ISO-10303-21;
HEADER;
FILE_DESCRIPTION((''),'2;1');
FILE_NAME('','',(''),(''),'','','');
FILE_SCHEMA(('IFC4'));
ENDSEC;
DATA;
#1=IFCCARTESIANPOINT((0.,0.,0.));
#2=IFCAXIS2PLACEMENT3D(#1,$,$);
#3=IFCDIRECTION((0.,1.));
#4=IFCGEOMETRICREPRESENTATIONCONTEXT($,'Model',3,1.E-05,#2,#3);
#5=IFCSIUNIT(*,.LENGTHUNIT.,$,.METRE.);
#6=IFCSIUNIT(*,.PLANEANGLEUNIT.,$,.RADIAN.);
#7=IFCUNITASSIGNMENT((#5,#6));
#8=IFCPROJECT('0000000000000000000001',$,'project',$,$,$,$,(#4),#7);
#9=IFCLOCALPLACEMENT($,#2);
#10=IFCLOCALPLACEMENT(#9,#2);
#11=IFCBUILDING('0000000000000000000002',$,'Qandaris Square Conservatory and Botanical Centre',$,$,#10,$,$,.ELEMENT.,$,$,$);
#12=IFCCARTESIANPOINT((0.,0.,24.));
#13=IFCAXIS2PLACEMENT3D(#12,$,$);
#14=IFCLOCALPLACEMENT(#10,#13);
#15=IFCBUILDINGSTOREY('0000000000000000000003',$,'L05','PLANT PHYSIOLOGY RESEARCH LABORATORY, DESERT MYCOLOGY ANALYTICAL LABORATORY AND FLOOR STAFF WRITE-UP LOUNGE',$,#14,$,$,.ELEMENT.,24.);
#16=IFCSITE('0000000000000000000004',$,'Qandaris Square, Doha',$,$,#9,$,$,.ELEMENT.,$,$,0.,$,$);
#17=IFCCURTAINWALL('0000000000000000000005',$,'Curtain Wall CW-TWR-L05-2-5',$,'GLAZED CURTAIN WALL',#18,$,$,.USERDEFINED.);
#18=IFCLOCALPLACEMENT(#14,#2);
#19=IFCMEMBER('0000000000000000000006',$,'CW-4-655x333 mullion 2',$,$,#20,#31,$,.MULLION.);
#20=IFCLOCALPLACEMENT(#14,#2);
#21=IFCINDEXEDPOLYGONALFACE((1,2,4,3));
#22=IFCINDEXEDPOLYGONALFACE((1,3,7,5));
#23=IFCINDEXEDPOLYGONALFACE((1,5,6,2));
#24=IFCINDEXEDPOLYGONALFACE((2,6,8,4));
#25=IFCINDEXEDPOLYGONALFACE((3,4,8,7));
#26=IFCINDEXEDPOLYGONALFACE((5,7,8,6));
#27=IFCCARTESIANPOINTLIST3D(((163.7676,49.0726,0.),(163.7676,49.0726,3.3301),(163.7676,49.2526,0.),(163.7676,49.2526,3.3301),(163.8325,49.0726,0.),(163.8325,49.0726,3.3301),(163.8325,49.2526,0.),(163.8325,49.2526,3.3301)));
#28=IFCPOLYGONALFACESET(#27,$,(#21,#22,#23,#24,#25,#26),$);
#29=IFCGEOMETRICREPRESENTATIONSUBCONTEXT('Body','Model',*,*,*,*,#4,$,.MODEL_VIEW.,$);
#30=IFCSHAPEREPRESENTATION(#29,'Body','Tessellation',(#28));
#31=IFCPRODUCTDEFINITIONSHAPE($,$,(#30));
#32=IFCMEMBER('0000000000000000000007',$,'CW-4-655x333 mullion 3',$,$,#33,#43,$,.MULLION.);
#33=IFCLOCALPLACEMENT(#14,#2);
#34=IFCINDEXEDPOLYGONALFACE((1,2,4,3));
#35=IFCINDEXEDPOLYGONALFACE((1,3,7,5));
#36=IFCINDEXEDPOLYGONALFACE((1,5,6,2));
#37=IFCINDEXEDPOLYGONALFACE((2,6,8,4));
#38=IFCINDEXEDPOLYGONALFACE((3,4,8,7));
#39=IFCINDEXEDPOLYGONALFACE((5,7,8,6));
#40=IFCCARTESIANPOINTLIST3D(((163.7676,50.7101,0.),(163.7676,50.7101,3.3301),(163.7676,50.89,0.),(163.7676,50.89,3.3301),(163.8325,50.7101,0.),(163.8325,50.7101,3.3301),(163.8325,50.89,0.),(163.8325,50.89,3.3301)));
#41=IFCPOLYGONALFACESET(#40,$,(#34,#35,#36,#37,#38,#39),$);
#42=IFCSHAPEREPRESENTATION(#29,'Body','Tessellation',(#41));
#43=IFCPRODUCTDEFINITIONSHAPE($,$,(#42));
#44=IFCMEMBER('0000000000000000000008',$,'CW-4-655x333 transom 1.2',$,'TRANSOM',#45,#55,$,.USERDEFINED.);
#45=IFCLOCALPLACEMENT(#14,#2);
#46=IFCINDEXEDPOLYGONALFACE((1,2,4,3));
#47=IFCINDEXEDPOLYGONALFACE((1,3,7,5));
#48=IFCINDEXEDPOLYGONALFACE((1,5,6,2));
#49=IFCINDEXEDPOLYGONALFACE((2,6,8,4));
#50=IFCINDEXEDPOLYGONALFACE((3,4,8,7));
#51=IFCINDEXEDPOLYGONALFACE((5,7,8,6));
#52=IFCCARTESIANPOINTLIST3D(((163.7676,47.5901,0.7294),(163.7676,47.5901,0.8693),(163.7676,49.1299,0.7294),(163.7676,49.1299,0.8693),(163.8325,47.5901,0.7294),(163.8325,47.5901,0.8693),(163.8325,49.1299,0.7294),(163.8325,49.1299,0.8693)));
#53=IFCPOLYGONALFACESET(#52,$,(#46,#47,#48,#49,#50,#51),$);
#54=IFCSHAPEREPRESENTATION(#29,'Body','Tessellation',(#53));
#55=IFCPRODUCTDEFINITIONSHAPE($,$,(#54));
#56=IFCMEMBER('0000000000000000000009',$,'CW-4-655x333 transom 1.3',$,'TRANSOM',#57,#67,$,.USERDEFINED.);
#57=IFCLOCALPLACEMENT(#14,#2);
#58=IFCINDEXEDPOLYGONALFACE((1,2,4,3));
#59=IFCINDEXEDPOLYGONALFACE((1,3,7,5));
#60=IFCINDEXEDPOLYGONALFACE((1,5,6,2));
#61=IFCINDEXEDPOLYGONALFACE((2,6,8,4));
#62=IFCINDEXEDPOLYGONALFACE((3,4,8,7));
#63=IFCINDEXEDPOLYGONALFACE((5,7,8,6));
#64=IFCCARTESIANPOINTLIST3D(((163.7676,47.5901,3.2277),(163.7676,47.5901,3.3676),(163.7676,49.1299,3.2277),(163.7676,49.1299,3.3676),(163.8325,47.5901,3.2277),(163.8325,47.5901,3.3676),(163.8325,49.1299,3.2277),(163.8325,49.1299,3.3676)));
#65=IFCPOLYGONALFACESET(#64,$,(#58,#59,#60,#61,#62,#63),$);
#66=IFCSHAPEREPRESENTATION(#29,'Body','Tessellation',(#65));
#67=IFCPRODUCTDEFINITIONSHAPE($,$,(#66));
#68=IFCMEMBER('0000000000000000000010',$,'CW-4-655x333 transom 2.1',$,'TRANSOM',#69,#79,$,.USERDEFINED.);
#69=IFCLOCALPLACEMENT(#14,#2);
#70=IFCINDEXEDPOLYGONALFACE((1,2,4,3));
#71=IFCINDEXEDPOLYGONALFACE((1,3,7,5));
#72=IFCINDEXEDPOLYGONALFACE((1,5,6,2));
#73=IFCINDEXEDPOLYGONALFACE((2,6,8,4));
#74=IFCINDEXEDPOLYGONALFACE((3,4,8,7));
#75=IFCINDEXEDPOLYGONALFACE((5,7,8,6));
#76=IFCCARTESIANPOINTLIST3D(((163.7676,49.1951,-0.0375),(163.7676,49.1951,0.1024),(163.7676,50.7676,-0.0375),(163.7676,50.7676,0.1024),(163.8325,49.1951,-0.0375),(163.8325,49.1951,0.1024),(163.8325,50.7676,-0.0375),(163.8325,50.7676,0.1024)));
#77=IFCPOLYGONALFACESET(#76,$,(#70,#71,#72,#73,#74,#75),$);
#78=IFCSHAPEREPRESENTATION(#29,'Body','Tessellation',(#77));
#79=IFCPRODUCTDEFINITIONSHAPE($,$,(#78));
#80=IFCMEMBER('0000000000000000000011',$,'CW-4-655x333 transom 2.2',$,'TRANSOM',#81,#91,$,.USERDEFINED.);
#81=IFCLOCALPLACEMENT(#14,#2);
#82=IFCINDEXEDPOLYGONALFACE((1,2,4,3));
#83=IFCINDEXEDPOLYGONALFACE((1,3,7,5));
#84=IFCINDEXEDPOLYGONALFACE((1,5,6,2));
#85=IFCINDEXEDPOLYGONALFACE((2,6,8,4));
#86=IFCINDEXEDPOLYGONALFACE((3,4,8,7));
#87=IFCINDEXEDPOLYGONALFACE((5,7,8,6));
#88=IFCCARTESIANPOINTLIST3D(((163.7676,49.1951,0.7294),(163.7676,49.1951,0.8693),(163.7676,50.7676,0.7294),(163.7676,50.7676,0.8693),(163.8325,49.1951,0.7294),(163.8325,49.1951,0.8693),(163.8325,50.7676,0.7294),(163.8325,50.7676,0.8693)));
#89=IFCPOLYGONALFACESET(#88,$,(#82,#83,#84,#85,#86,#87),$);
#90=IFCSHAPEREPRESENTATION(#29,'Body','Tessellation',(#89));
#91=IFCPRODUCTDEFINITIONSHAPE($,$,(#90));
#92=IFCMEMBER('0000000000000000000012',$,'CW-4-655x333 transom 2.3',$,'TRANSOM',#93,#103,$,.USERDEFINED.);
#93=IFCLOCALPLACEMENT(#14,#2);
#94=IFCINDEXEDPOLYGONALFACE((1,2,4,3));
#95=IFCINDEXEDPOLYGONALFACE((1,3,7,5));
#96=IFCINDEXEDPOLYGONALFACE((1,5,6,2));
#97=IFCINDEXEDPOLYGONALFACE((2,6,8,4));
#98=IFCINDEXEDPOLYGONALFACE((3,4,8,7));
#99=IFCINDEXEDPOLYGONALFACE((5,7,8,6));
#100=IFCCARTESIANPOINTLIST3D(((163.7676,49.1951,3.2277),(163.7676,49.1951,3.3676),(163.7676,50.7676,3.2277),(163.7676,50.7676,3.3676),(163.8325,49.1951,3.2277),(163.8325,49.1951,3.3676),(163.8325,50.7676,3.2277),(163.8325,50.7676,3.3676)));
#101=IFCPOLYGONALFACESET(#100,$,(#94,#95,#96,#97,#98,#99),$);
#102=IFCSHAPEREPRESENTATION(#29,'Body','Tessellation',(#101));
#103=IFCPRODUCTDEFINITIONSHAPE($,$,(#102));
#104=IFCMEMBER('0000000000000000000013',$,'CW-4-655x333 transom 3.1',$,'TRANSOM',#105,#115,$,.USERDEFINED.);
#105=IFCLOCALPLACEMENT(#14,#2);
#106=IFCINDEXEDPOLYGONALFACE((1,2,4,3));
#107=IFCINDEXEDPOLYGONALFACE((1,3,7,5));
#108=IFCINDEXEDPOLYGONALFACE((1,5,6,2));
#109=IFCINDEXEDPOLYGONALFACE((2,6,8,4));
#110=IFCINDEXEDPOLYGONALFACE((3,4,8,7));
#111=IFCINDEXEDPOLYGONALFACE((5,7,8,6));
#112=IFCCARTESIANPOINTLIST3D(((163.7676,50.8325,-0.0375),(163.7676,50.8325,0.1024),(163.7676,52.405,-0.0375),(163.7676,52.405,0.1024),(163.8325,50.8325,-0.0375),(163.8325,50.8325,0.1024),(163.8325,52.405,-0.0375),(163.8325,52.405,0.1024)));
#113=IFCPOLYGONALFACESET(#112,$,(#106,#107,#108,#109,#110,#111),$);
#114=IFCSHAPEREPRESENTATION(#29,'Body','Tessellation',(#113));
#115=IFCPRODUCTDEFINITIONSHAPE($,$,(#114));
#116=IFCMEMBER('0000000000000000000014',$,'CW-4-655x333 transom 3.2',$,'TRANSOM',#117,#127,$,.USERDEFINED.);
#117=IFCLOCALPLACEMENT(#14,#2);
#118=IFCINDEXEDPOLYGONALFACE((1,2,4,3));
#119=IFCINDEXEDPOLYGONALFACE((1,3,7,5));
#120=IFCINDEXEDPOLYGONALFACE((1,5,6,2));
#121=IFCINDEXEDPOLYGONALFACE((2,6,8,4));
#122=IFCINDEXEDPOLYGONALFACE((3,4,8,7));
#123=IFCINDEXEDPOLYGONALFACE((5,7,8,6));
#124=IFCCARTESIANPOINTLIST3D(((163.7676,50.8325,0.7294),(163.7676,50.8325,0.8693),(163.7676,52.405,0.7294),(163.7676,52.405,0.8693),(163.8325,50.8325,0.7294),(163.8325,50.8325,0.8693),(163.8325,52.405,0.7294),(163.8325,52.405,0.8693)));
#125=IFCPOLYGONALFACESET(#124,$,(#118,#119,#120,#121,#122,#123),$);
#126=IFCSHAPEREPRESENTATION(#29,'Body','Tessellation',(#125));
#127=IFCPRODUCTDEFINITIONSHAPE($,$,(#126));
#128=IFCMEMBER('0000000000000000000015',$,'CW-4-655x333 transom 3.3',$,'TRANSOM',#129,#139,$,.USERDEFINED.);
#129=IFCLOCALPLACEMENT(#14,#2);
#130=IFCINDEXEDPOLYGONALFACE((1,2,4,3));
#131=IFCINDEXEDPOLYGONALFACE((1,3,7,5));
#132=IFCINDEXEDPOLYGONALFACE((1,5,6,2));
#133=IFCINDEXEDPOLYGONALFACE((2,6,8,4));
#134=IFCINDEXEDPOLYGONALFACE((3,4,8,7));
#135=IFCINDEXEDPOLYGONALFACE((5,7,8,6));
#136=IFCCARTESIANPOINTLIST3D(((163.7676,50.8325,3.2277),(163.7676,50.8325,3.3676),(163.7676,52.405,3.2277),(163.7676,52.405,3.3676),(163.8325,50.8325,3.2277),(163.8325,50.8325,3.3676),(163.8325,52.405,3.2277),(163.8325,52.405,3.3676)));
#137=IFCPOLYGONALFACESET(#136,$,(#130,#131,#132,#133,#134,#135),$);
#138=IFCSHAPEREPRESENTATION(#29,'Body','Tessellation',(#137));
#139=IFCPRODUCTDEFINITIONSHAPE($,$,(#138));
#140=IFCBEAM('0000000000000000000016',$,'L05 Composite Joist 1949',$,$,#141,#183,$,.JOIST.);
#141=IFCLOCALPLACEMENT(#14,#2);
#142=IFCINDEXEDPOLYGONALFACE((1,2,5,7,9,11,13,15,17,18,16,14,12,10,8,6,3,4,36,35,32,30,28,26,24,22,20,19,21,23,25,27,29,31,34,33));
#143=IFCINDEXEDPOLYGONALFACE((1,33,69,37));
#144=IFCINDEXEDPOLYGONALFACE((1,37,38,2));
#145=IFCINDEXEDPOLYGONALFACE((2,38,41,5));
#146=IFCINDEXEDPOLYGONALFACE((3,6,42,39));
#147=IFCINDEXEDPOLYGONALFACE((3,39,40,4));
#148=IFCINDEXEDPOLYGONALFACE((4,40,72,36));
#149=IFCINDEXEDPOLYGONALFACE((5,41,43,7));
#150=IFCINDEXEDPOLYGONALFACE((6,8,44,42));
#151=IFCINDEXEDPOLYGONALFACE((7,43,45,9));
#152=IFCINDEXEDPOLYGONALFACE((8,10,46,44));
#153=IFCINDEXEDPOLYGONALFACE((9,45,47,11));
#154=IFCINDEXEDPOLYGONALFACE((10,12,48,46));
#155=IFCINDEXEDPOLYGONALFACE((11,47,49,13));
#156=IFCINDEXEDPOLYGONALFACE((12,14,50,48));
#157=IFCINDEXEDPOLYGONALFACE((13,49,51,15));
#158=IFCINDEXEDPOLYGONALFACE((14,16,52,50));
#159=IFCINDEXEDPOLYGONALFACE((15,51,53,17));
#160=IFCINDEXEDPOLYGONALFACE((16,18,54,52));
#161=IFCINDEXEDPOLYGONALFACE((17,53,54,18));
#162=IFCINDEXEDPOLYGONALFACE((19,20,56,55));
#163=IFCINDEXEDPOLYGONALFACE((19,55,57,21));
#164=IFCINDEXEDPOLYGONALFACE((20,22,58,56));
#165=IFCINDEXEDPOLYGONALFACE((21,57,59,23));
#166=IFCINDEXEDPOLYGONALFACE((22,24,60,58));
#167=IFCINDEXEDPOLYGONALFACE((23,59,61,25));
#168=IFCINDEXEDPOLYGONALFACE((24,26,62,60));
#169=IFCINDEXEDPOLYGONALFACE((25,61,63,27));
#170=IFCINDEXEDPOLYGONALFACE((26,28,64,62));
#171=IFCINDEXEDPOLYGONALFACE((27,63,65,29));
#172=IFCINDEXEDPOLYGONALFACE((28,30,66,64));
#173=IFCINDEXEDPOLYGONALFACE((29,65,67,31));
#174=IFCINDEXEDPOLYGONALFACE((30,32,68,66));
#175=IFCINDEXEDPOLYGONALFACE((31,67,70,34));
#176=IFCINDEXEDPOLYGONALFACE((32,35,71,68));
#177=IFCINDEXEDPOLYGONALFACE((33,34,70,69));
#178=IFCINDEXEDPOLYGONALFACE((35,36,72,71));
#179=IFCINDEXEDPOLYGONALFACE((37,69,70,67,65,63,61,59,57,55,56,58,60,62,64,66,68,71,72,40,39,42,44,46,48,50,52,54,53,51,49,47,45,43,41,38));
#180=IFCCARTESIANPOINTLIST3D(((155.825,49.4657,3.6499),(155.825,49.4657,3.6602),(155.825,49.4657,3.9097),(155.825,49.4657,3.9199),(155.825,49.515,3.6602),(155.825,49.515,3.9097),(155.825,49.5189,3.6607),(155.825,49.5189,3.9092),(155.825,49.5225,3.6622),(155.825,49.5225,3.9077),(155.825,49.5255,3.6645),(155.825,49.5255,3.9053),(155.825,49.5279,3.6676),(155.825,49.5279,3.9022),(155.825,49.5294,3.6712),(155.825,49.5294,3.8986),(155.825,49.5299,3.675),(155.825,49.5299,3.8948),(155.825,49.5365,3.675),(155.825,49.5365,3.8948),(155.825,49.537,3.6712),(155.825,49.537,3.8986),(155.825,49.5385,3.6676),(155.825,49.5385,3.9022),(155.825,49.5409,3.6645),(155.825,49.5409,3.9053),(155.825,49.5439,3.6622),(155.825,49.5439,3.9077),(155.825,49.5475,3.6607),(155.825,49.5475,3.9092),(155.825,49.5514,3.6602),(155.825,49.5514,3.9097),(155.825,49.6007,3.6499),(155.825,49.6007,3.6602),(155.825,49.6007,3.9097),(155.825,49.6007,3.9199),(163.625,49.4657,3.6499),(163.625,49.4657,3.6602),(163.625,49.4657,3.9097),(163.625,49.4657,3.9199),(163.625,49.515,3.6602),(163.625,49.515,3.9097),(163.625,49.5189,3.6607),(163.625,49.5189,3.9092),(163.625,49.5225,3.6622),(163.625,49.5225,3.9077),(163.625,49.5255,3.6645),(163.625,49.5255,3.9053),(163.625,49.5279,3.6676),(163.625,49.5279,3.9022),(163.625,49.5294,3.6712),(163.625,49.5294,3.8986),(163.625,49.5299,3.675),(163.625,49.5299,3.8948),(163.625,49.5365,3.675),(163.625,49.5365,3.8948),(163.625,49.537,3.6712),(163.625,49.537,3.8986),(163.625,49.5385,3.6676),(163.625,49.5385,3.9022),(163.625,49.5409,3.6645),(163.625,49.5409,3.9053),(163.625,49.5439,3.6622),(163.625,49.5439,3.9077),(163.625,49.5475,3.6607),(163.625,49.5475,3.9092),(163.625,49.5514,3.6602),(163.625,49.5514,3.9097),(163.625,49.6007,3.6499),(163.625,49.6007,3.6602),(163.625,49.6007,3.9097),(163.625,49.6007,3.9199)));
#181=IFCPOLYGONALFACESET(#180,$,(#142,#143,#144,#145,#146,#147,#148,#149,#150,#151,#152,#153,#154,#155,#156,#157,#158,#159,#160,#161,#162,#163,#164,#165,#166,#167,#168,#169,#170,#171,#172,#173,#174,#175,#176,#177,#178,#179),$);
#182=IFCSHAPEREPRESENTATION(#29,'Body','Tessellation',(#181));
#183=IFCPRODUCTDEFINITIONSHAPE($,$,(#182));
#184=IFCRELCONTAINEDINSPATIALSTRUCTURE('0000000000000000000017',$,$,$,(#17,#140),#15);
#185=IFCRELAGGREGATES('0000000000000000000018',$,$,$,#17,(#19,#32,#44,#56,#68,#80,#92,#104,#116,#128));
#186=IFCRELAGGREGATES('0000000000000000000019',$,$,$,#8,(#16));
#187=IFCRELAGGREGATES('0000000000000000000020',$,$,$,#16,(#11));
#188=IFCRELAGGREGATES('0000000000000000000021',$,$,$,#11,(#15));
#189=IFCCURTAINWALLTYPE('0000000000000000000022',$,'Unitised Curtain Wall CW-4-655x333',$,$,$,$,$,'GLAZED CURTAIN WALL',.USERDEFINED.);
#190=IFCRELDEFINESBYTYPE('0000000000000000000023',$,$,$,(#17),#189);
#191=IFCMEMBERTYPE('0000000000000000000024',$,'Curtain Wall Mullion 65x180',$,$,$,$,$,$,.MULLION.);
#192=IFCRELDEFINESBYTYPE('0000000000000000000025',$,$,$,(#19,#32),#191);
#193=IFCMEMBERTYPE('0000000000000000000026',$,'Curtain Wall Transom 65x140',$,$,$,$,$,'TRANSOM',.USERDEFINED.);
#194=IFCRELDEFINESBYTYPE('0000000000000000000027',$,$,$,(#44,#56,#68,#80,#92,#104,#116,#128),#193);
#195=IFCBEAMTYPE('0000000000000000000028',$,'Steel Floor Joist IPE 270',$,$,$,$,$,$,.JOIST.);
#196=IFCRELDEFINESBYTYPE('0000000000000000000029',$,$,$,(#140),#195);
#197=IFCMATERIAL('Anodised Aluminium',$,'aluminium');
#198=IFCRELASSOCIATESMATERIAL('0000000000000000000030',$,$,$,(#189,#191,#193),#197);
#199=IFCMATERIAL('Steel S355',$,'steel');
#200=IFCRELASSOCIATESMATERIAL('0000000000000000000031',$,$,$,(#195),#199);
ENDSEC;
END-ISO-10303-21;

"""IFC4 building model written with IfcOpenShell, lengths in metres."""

from ifc_helpers import new_model, si_unit, direction, frame, origin, origin_2d, place, context, subcontext, project, spatial, rectangle, i_section, extrude, material, material_profile, profile_set, type_object, element, aggregate, save


model = new_model("IFC4")

# Units and contexts
model_context = context("Model", 3, precision=1e-05, world=origin(), true_north=direction((0.0, 1.0)))
body_context = subcontext(model_context, "Body", "Model", "MODEL_VIEW")
ifc_project = project(units=[si_unit("LENGTHUNIT", "METRE"), si_unit("PLANEANGLEUNIT", "RADIAN")], contexts=[model_context])

# Site, building, storey
site_placement = place(None, origin())
site = spatial("IfcSite", under=ifc_project, at=site_placement, Name="Qandaris Square, Doha", CompositionType="ELEMENT", RefElevation=0.0)
building_placement = place(site_placement, origin())
building = spatial("IfcBuilding", under=site, at=building_placement, Name="Qandaris Square Conservatory and Botanical Centre", CompositionType="ELEMENT")
storey_placement = place(building_placement, frame((0.0, 0.0, 24.0)))
storey = spatial("IfcBuildingStorey", under=building, at=storey_placement, Name="L05", Description="PLANT PHYSIOLOGY RESEARCH LABORATORY, DESERT MYCOLOGY ANALYTICAL LABORATORY AND FLOOR STAFF WRITE-UP LOUNGE", CompositionType="ELEMENT", Elevation=24.0)

# Curtain wall, members
ifc_material_1 = material(Name="Anodised Aluminium", Category="aluminium")
curtain_wall_type = type_object("IfcCurtainWallType", Name="Unitised Curtain Wall CW-4-655x333", ElementType="GLAZED CURTAIN WALL", PredefinedType="USERDEFINED", material=ifc_material_1)
curtain_wall_placement = place(storey_placement, origin())
curtain_wall = element("IfcCurtainWall", 1, at=curtain_wall_placement, inside=storey, type_object=curtain_wall_type, Name="Curtain Wall CW-TWR-L05-2-5", ObjectType="GLAZED CURTAIN WALL", PredefinedType="USERDEFINED")
ifc_material_profile_1 = material_profile(ifc_material_1, rectangle(XDim=0.0649, YDim=0.1799, at=origin_2d()), Name="ALU-MUL 65x180")
ifc_profile_set_1 = profile_set([ifc_material_profile_1], Name="Anodised Aluminium")
member_type_1 = type_object("IfcMemberType", Name="Curtain Wall Mullion 65x180", PredefinedType="MULLION", material=ifc_profile_set_1)
member_1_placement = place(storey_placement, frame((163.8, 49.1626, 0.0), z_axis=(0.0, 0.0, 1.0), x_axis=(-1.0, 0.0, 0.0)))
member_1 = element("IfcMember", 2, at=member_1_placement, type_object=member_type_1, Name="CW-4-655x333 mullion 2", PredefinedType="MULLION", context=body_context, shape_type="SweptSolid", body=[
    extrude(rectangle(XDim=0.0649, YDim=0.1799, at=origin_2d()), origin(), (0.0, 0.0, 1.0), 3.3301),
])
member_2_placement = place(storey_placement, frame((163.8, 50.8, 0.0), z_axis=(0.0, 0.0, 1.0), x_axis=(-1.0, 0.0, 0.0)))
member_2 = element("IfcMember", 3, at=member_2_placement, type_object=member_type_1, Name="CW-4-655x333 mullion 3", PredefinedType="MULLION", context=body_context, shape_type="SweptSolid", body=[
    extrude(rectangle(XDim=0.0649, YDim=0.1799, at=origin_2d()), origin(), (0.0, 0.0, 1.0), 3.3301),
])
ifc_material_profile_2 = material_profile(ifc_material_1, rectangle(XDim=0.0649, YDim=0.1399, at=origin_2d()), Name="ALU-TRN 65x140")
ifc_profile_set_2 = profile_set([ifc_material_profile_2], Name="Anodised Aluminium")
member_type_2 = type_object("IfcMemberType", Name="Curtain Wall Transom 65x140", ElementType="TRANSOM", PredefinedType="USERDEFINED", material=ifc_profile_set_2)
member_3_placement = place(storey_placement, frame((163.8, 47.5901, 0.7993), z_axis=(0.0, 1.0, 0.0), x_axis=(-1.0, 0.0, 0.0)))
member_3 = element("IfcMember", 4, at=member_3_placement, type_object=member_type_2, Name="CW-4-655x333 transom 1.2", ObjectType="TRANSOM", PredefinedType="USERDEFINED", context=body_context, shape_type="SweptSolid", body=[
    extrude(rectangle(XDim=0.0649, YDim=0.1399, at=origin_2d()), origin(), (0.0, 0.0, 1.0), 1.5398),
])
member_4_placement = place(storey_placement, frame((163.8, 47.5901, 3.2976), z_axis=(0.0, 1.0, 0.0), x_axis=(-1.0, 0.0, 0.0)))
member_4 = element("IfcMember", 5, at=member_4_placement, type_object=member_type_2, Name="CW-4-655x333 transom 1.3", ObjectType="TRANSOM", PredefinedType="USERDEFINED", context=body_context, shape_type="SweptSolid", body=[
    extrude(rectangle(XDim=0.0649, YDim=0.1399, at=origin_2d()), origin(), (0.0, 0.0, 1.0), 1.5398),
])
member_5_placement = place(storey_placement, frame((163.8, 49.1951, 0.0325), z_axis=(0.0, 1.0, 0.0), x_axis=(-1.0, 0.0, 0.0)))
member_5 = element("IfcMember", 6, at=member_5_placement, type_object=member_type_2, Name="CW-4-655x333 transom 2.1", ObjectType="TRANSOM", PredefinedType="USERDEFINED", context=body_context, shape_type="SweptSolid", body=[
    extrude(rectangle(XDim=0.0649, YDim=0.1399, at=origin_2d()), origin(), (0.0, 0.0, 1.0), 1.5725),
])
member_6_placement = place(storey_placement, frame((163.8, 49.1951, 0.7993), z_axis=(0.0, 1.0, 0.0), x_axis=(-1.0, 0.0, 0.0)))
member_6 = element("IfcMember", 7, at=member_6_placement, type_object=member_type_2, Name="CW-4-655x333 transom 2.2", ObjectType="TRANSOM", PredefinedType="USERDEFINED", context=body_context, shape_type="SweptSolid", body=[
    extrude(rectangle(XDim=0.0649, YDim=0.1399, at=origin_2d()), origin(), (0.0, 0.0, 1.0), 1.5725),
])
member_7_placement = place(storey_placement, frame((163.8, 49.1951, 3.2976), z_axis=(0.0, 1.0, 0.0), x_axis=(-1.0, 0.0, 0.0)))
member_7 = element("IfcMember", 8, at=member_7_placement, type_object=member_type_2, Name="CW-4-655x333 transom 2.3", ObjectType="TRANSOM", PredefinedType="USERDEFINED", context=body_context, shape_type="SweptSolid", body=[
    extrude(rectangle(XDim=0.0649, YDim=0.1399, at=origin_2d()), origin(), (0.0, 0.0, 1.0), 1.5725),
])
member_8_placement = place(storey_placement, frame((163.8, 50.8325, 0.0325), z_axis=(0.0, 1.0, 0.0), x_axis=(-1.0, 0.0, 0.0)))
member_8 = element("IfcMember", 9, at=member_8_placement, type_object=member_type_2, Name="CW-4-655x333 transom 3.1", ObjectType="TRANSOM", PredefinedType="USERDEFINED", context=body_context, shape_type="SweptSolid", body=[
    extrude(rectangle(XDim=0.0649, YDim=0.1399, at=origin_2d()), origin(), (0.0, 0.0, 1.0), 1.5725),
])
member_9_placement = place(storey_placement, frame((163.8, 50.8325, 0.7993), z_axis=(0.0, 1.0, 0.0), x_axis=(-1.0, 0.0, 0.0)))
member_9 = element("IfcMember", 10, at=member_9_placement, type_object=member_type_2, Name="CW-4-655x333 transom 3.2", ObjectType="TRANSOM", PredefinedType="USERDEFINED", context=body_context, shape_type="SweptSolid", body=[
    extrude(rectangle(XDim=0.0649, YDim=0.1399, at=origin_2d()), origin(), (0.0, 0.0, 1.0), 1.5725),
])
member_10_placement = place(storey_placement, frame((163.8, 50.8325, 3.2976), z_axis=(0.0, 1.0, 0.0), x_axis=(-1.0, 0.0, 0.0)))
member_10 = element("IfcMember", 11, at=member_10_placement, type_object=member_type_2, Name="CW-4-655x333 transom 3.3", ObjectType="TRANSOM", PredefinedType="USERDEFINED", context=body_context, shape_type="SweptSolid", body=[
    extrude(rectangle(XDim=0.0649, YDim=0.1399, at=origin_2d()), origin(), (0.0, 0.0, 1.0), 1.5725),
])

# Beam
ifc_material_2 = material(Name="Steel S355", Category="steel")
ifc_material_profile_3 = material_profile(ifc_material_2, i_section(OverallWidth=0.135, OverallDepth=0.27, WebThickness=0.0066, FlangeThickness=0.0103, FilletRadius=0.0149, at=origin_2d()), Name="IPE 270")
ifc_profile_set_3 = profile_set([ifc_material_profile_3], Name="Steel S355")
beam_type = type_object("IfcBeamType", Name="Steel Floor Joist IPE 270", PredefinedType="JOIST", material=ifc_profile_set_3)
beam_placement = place(storey_placement, frame((155.825, 49.5332, 3.7849), z_axis=(1.0, 0.0, 0.0), x_axis=(0.0, 1.0, 0.0)))
element("IfcBeam", 12, at=beam_placement, inside=storey, type_object=beam_type, Name="L05 Composite Joist 1949", PredefinedType="JOIST", context=body_context, shape_type="SweptSolid", body=[
    extrude(i_section(OverallWidth=0.135, OverallDepth=0.27, WebThickness=0.0066, FlangeThickness=0.0103, FilletRadius=0.0149, at=origin_2d()), origin(), (0.0, 0.0, 1.0), 7.8),
])

aggregate(curtain_wall, [member_1, member_2, member_3, member_4, member_5, member_6, member_7, member_8, member_9, member_10])

save(model, "model.ifc")
